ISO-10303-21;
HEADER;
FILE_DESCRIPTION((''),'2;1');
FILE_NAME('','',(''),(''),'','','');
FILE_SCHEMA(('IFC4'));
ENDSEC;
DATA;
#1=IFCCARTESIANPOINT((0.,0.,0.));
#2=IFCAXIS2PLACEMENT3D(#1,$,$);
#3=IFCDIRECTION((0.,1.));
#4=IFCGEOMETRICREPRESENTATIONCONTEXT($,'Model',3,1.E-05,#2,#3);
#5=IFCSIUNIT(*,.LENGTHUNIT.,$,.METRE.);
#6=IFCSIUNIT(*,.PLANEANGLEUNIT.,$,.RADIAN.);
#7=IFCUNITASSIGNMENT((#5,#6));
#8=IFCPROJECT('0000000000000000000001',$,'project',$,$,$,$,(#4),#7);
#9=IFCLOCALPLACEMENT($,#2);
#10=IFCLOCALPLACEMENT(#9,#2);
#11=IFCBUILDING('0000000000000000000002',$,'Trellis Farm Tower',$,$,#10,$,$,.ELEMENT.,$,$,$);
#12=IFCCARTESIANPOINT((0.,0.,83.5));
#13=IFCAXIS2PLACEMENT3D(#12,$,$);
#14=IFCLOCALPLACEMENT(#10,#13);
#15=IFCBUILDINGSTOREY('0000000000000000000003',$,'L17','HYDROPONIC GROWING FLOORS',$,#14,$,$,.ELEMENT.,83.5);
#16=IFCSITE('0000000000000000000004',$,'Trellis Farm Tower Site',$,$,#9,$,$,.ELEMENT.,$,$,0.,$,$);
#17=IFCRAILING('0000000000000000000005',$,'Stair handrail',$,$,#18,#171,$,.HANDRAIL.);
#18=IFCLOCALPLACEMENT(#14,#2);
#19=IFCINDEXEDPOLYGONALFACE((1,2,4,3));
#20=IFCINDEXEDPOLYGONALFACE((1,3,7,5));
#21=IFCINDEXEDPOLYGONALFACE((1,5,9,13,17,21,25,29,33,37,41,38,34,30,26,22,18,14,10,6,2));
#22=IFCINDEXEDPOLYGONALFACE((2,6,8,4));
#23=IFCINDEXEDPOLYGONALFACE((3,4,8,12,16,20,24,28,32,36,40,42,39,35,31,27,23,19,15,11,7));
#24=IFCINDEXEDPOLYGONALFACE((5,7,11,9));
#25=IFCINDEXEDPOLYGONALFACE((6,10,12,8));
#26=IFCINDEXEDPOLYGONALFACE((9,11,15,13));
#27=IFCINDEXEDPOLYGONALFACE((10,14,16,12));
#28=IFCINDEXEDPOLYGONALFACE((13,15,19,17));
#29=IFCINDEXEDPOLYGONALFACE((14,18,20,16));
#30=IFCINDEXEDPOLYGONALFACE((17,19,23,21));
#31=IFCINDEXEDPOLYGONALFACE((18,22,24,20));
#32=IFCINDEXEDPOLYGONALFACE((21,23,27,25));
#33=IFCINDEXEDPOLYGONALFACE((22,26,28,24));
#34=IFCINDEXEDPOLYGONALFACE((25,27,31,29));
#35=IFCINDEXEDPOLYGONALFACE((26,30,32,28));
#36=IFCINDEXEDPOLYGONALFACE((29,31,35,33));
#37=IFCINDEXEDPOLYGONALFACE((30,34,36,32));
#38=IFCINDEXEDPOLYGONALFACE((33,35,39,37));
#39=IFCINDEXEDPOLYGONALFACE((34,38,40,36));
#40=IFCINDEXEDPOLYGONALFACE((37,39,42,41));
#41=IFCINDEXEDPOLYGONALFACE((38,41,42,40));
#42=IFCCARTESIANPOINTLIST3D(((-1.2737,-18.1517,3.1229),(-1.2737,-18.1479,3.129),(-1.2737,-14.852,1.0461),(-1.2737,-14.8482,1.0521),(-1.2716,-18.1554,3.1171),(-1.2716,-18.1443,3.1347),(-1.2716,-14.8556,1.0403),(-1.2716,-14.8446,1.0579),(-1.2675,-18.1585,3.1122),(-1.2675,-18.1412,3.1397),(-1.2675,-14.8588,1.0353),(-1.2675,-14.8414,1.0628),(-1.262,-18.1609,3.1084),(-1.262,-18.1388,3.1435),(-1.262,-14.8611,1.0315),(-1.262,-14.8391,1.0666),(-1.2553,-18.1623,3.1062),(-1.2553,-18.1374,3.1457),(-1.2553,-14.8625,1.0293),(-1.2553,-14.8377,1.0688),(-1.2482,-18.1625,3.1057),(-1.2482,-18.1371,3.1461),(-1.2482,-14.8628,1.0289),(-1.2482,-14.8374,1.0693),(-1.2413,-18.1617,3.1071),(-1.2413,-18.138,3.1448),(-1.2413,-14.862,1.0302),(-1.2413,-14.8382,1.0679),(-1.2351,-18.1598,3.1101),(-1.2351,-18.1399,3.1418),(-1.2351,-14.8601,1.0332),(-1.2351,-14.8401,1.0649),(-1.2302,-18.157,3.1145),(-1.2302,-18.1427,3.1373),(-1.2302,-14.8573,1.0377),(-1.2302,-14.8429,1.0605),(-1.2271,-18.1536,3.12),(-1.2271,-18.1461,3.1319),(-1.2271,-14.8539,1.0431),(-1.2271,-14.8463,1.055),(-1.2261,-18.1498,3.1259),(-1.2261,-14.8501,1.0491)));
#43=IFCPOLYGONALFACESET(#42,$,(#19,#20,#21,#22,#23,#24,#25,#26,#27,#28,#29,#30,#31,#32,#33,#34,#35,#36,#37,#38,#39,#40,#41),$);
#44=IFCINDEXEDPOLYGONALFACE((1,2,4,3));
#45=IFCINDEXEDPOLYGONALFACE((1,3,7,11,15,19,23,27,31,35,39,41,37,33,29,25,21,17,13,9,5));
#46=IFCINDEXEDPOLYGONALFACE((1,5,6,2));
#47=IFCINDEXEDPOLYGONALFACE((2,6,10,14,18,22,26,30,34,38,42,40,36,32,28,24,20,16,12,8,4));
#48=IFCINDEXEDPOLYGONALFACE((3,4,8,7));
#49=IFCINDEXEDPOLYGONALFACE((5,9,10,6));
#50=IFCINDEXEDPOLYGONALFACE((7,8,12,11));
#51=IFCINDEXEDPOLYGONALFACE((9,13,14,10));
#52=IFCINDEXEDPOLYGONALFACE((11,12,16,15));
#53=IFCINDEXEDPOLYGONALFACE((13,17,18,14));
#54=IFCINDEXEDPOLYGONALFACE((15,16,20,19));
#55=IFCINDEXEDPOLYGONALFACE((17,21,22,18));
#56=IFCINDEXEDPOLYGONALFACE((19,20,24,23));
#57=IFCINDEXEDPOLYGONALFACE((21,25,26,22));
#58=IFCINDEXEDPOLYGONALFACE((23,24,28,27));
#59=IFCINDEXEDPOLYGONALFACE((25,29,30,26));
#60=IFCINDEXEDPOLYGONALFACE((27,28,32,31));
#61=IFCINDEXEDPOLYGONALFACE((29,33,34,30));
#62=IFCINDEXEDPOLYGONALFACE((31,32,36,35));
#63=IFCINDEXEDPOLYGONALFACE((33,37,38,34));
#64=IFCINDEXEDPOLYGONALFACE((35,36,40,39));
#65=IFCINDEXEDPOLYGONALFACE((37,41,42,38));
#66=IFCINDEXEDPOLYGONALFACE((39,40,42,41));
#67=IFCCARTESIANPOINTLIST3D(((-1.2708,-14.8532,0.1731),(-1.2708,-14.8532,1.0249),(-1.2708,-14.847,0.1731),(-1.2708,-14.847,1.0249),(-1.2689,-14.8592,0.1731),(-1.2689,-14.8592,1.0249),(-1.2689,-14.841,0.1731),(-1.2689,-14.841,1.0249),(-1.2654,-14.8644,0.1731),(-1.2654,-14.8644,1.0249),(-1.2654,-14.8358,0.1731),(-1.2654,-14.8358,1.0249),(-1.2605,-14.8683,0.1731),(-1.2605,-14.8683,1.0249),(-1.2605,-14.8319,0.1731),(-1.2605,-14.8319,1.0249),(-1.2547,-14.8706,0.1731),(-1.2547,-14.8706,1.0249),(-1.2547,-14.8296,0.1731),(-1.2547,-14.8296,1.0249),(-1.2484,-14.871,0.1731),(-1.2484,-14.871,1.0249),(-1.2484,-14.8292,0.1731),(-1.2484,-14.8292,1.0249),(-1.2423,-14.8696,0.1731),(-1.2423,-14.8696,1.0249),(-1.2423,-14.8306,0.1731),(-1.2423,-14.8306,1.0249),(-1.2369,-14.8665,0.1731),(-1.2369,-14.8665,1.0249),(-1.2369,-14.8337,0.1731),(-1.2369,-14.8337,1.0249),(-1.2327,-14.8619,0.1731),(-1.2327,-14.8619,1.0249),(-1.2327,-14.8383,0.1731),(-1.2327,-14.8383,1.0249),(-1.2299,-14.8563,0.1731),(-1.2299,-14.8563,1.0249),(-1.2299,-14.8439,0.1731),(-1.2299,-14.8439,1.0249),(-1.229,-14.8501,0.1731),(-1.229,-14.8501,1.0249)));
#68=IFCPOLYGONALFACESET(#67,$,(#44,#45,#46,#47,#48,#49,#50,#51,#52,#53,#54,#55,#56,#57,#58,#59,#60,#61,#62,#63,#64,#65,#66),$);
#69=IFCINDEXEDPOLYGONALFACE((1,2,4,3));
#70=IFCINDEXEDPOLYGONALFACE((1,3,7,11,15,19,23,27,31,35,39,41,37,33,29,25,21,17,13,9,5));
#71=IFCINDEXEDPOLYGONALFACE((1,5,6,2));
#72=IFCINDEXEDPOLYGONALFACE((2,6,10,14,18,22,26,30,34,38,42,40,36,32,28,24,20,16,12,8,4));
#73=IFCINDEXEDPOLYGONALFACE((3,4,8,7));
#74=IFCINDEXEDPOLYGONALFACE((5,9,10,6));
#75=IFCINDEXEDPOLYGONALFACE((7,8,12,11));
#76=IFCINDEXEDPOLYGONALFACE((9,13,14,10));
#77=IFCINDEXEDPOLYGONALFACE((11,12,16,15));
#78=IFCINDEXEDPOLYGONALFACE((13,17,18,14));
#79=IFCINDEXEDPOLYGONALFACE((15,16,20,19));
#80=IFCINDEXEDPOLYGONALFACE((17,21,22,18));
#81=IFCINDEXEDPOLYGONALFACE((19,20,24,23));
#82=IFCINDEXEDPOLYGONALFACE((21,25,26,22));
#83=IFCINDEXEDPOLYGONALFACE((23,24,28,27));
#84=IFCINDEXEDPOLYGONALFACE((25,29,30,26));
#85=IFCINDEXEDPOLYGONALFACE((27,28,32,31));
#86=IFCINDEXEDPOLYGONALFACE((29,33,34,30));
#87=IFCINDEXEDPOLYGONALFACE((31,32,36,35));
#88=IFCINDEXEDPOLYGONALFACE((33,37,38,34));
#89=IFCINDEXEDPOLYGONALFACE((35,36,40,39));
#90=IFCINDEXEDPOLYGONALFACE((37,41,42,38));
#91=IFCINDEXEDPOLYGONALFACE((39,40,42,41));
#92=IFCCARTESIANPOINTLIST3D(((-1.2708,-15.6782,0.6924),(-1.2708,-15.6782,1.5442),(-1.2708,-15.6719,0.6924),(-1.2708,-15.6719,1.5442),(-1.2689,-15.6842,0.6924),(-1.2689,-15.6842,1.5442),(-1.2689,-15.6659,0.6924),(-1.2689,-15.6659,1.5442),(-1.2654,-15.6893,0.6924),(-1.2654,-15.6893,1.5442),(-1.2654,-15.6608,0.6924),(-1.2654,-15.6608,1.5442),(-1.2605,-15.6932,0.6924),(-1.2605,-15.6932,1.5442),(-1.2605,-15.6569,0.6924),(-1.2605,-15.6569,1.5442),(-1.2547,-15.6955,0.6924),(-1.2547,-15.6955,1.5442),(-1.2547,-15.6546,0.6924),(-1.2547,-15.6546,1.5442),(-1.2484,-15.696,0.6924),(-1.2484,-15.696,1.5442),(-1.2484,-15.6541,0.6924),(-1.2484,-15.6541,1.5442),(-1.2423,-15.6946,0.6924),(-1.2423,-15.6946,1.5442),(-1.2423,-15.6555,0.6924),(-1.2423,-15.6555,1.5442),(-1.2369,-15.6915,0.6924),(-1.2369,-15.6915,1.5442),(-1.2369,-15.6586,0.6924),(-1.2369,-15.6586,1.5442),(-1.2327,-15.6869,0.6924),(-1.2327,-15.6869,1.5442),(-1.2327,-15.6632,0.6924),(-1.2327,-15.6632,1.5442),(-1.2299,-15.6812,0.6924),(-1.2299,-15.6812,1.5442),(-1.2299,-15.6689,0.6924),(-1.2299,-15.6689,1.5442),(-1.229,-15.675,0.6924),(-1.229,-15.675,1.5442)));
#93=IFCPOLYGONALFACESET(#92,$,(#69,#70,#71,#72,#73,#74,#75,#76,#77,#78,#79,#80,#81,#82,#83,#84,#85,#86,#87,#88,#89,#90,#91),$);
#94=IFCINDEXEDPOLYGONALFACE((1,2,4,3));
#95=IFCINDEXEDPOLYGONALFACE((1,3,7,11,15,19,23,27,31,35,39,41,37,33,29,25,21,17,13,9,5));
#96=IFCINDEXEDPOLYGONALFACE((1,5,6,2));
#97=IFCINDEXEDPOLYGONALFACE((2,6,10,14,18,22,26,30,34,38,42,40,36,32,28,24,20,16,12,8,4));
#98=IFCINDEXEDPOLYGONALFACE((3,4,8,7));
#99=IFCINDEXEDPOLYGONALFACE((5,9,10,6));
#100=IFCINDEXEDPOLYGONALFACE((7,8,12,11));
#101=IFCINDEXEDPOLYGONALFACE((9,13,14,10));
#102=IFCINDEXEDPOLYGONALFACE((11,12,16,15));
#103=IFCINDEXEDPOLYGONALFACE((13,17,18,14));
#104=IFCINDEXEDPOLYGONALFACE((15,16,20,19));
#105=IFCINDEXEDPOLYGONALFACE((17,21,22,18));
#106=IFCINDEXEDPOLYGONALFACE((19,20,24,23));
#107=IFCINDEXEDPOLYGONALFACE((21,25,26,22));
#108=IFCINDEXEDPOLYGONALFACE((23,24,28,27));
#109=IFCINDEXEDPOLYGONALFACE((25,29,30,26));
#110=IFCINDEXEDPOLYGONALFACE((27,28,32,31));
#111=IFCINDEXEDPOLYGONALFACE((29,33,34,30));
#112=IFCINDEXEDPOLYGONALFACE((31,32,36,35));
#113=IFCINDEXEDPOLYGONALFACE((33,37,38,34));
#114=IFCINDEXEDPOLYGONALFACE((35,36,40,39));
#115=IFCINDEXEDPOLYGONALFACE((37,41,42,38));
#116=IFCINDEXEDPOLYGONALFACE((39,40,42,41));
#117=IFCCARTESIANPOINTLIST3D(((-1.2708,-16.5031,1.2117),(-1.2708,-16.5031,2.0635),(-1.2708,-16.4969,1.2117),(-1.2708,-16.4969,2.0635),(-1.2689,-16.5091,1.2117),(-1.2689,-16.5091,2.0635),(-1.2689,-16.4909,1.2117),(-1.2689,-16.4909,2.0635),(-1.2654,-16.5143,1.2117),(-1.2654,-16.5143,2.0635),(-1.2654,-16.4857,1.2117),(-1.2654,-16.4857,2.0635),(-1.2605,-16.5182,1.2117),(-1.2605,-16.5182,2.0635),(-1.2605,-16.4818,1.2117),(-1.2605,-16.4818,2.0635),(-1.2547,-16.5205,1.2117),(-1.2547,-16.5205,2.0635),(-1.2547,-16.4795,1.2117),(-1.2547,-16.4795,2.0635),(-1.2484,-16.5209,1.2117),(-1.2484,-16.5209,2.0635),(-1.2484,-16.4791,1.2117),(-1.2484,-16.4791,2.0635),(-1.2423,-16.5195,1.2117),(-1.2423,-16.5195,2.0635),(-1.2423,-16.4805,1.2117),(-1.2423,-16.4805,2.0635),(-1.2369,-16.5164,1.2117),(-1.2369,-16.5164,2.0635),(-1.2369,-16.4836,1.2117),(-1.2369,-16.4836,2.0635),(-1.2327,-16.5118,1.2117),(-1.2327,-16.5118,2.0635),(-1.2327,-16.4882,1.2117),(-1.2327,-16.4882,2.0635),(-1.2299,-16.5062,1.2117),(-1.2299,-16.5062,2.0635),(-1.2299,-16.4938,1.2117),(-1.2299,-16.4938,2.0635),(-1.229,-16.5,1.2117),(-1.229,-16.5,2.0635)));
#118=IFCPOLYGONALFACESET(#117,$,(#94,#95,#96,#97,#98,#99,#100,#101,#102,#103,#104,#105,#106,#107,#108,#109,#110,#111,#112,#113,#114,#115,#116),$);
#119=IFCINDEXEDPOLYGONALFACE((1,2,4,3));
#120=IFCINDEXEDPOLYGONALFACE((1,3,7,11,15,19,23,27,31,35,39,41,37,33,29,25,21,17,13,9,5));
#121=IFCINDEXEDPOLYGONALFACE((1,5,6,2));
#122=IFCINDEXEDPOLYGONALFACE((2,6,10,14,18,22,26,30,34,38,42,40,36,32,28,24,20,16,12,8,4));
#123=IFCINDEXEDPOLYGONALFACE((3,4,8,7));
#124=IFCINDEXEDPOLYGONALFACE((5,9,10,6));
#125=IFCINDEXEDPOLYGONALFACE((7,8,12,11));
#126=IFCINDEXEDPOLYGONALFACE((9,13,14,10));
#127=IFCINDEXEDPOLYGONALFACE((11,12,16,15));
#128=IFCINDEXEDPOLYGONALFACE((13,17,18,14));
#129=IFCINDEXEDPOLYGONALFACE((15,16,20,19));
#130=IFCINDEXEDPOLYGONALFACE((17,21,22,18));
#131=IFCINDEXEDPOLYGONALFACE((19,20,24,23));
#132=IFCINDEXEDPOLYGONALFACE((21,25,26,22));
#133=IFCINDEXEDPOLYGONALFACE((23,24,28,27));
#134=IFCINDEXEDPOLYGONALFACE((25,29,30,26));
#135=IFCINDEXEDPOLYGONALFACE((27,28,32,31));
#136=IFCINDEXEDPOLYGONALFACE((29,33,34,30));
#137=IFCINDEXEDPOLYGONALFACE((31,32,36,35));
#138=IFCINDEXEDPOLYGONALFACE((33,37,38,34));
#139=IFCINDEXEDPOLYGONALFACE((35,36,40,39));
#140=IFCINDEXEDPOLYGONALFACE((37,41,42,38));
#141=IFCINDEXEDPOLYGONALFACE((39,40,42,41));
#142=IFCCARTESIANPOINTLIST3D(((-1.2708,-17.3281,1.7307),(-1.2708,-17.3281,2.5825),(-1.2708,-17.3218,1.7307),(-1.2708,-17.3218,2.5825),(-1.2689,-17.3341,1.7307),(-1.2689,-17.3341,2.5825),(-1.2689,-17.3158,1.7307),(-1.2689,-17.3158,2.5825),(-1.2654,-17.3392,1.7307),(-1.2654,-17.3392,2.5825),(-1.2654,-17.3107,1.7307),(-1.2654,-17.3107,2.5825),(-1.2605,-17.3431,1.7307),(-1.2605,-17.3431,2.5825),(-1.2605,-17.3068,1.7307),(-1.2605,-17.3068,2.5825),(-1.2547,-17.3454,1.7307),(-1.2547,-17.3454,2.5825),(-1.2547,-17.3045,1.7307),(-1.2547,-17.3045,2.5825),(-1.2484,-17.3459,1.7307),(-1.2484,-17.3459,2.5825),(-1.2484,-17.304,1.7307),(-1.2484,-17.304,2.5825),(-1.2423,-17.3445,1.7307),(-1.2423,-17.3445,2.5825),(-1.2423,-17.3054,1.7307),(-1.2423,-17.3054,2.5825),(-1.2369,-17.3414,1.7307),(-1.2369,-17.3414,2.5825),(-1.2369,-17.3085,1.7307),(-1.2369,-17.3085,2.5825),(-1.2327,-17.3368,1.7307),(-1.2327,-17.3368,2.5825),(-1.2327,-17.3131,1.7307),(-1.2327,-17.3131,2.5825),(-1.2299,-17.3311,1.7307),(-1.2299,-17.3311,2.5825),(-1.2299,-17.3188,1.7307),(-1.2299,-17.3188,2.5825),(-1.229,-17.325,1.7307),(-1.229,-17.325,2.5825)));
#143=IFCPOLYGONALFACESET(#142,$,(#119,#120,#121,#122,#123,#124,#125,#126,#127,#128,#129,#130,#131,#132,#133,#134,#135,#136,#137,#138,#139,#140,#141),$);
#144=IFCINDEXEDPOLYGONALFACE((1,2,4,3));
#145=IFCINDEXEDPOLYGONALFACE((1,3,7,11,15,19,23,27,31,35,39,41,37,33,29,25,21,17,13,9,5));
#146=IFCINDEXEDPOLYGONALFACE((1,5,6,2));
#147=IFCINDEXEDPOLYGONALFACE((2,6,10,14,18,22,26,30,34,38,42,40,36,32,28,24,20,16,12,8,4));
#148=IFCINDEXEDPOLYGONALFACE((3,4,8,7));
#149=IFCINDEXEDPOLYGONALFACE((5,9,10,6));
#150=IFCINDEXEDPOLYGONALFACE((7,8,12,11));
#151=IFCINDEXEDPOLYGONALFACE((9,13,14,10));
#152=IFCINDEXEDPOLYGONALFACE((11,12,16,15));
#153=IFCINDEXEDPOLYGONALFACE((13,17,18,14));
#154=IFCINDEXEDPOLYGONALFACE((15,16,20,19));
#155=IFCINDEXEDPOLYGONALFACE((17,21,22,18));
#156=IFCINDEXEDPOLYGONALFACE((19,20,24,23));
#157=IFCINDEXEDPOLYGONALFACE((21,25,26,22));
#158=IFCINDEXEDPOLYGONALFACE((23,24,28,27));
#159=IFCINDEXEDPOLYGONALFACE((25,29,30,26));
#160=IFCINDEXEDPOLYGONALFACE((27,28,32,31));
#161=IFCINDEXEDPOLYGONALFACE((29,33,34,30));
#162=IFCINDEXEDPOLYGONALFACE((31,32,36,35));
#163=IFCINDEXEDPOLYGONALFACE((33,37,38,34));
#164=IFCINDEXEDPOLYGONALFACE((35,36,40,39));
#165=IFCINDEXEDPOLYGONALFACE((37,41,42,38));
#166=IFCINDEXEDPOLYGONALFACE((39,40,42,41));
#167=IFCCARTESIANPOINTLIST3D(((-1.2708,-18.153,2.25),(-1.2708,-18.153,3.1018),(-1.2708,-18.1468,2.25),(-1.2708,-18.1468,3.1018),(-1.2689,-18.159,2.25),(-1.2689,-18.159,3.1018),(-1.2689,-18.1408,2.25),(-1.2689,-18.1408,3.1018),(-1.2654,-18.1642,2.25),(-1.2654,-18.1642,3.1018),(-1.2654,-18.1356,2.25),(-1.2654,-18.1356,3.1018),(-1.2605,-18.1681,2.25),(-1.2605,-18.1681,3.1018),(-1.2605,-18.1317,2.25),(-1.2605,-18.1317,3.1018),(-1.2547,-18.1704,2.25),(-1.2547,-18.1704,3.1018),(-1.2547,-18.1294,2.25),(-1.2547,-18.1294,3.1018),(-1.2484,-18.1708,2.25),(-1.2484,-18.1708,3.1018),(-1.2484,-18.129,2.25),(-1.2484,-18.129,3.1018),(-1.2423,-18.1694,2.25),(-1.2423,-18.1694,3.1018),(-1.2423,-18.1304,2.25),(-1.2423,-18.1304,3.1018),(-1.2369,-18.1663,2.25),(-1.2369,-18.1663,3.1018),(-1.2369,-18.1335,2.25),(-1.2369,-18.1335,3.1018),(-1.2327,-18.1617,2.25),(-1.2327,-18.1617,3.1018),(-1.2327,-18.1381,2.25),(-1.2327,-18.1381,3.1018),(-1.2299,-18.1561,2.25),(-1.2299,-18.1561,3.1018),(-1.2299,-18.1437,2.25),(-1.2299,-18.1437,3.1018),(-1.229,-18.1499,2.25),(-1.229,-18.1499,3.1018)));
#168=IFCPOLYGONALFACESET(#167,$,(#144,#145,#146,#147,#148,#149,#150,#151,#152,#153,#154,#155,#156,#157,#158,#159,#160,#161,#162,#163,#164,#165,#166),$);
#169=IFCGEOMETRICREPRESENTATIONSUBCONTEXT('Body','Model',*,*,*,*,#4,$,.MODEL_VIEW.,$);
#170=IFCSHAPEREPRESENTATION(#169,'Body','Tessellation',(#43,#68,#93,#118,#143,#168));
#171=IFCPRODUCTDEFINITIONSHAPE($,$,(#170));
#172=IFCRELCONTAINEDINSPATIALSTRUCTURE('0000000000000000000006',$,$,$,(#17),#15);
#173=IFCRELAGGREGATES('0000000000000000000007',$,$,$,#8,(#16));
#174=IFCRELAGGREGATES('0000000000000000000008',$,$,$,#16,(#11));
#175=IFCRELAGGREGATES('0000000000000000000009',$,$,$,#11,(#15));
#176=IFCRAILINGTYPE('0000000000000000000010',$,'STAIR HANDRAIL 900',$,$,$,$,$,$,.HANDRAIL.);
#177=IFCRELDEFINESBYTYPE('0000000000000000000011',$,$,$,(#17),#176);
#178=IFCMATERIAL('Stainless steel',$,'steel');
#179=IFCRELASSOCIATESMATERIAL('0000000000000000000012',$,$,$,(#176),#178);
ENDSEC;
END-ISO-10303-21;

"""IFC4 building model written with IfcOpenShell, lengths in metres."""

from ifc_helpers import new_model, si_unit, direction, frame, origin, origin_2d, place, context, subcontext, project, spatial, circle, extrude, source, transform, mapped, material, type_object, element, save


model = new_model("IFC4")

# Units and contexts
model_context = context("Model", 3, precision=1e-05, world=origin(), true_north=direction((0.0, 1.0)))
body_context = subcontext(model_context, "Body", "Model", "MODEL_VIEW")
ifc_project = project(units=[si_unit("LENGTHUNIT", "METRE"), si_unit("PLANEANGLEUNIT", "RADIAN")], contexts=[model_context])

# Site, building, storey
site_placement = place(None, origin())
site = spatial("IfcSite", under=ifc_project, at=site_placement, Name="Trellis Farm Tower Site", CompositionType="ELEMENT", RefElevation=0.0)
building_placement = place(site_placement, origin())
building = spatial("IfcBuilding", under=site, at=building_placement, Name="Trellis Farm Tower", CompositionType="ELEMENT")
storey_placement = place(building_placement, frame((0.0, 0.0, 83.5)))
storey = spatial("IfcBuildingStorey", under=building, at=storey_placement, Name="L17", Description="HYDROPONIC GROWING FLOORS", CompositionType="ELEMENT", Elevation=83.5)

# Railing
ifc_material_1 = material(Name="Stainless steel", Category="steel")
railing_type = type_object("IfcRailingType", Name="STAIR HANDRAIL 900", PredefinedType="HANDRAIL", material=ifc_material_1)
shared_shape_1 = source(origin(), body_context, "Body", "SweptSolid", [
    extrude(circle(Radius=0.0239, at=origin_2d()), frame((0.0, 0.0, 0.876), z_axis=(0.0, -0.84632, 0.532675), x_axis=(1.0, 0.0, 0.0)), (0.0, 0.0, 1.0), 3.8989),
    extrude(circle(Radius=0.021, at=origin_2d()), origin(), (0.0, 0.0, 1.0), 0.8518),
    extrude(circle(Radius=0.021, at=origin_2d()), frame((0.0, -0.825, 0.5193)), (0.0, 0.0, 1.0), 0.8518),
    extrude(circle(Radius=0.021, at=origin_2d()), frame((0.0, -1.6499, 1.0386)), (0.0, 0.0, 1.0), 0.8518),
    extrude(circle(Radius=0.021, at=origin_2d()), frame((0.0, -2.4749, 1.5576)), (0.0, 0.0, 1.0), 0.8518),
    extrude(circle(Radius=0.021, at=origin_2d()), frame((0.0, -3.2998, 2.0769)), (0.0, 0.0, 1.0), 0.8518),
])
railing_placement = place(storey_placement, frame((-1.25, -14.8501, 0.1731)))
element("IfcRailing", 1, at=railing_placement, inside=storey, type_object=railing_type, Name="Stair handrail", PredefinedType="HANDRAIL", context=body_context, shape_type="MappedRepresentation", body=[
    mapped(shared_shape_1, transform((0.0, 0.0, 0.0))),
])

save(model, "model.ifc")
